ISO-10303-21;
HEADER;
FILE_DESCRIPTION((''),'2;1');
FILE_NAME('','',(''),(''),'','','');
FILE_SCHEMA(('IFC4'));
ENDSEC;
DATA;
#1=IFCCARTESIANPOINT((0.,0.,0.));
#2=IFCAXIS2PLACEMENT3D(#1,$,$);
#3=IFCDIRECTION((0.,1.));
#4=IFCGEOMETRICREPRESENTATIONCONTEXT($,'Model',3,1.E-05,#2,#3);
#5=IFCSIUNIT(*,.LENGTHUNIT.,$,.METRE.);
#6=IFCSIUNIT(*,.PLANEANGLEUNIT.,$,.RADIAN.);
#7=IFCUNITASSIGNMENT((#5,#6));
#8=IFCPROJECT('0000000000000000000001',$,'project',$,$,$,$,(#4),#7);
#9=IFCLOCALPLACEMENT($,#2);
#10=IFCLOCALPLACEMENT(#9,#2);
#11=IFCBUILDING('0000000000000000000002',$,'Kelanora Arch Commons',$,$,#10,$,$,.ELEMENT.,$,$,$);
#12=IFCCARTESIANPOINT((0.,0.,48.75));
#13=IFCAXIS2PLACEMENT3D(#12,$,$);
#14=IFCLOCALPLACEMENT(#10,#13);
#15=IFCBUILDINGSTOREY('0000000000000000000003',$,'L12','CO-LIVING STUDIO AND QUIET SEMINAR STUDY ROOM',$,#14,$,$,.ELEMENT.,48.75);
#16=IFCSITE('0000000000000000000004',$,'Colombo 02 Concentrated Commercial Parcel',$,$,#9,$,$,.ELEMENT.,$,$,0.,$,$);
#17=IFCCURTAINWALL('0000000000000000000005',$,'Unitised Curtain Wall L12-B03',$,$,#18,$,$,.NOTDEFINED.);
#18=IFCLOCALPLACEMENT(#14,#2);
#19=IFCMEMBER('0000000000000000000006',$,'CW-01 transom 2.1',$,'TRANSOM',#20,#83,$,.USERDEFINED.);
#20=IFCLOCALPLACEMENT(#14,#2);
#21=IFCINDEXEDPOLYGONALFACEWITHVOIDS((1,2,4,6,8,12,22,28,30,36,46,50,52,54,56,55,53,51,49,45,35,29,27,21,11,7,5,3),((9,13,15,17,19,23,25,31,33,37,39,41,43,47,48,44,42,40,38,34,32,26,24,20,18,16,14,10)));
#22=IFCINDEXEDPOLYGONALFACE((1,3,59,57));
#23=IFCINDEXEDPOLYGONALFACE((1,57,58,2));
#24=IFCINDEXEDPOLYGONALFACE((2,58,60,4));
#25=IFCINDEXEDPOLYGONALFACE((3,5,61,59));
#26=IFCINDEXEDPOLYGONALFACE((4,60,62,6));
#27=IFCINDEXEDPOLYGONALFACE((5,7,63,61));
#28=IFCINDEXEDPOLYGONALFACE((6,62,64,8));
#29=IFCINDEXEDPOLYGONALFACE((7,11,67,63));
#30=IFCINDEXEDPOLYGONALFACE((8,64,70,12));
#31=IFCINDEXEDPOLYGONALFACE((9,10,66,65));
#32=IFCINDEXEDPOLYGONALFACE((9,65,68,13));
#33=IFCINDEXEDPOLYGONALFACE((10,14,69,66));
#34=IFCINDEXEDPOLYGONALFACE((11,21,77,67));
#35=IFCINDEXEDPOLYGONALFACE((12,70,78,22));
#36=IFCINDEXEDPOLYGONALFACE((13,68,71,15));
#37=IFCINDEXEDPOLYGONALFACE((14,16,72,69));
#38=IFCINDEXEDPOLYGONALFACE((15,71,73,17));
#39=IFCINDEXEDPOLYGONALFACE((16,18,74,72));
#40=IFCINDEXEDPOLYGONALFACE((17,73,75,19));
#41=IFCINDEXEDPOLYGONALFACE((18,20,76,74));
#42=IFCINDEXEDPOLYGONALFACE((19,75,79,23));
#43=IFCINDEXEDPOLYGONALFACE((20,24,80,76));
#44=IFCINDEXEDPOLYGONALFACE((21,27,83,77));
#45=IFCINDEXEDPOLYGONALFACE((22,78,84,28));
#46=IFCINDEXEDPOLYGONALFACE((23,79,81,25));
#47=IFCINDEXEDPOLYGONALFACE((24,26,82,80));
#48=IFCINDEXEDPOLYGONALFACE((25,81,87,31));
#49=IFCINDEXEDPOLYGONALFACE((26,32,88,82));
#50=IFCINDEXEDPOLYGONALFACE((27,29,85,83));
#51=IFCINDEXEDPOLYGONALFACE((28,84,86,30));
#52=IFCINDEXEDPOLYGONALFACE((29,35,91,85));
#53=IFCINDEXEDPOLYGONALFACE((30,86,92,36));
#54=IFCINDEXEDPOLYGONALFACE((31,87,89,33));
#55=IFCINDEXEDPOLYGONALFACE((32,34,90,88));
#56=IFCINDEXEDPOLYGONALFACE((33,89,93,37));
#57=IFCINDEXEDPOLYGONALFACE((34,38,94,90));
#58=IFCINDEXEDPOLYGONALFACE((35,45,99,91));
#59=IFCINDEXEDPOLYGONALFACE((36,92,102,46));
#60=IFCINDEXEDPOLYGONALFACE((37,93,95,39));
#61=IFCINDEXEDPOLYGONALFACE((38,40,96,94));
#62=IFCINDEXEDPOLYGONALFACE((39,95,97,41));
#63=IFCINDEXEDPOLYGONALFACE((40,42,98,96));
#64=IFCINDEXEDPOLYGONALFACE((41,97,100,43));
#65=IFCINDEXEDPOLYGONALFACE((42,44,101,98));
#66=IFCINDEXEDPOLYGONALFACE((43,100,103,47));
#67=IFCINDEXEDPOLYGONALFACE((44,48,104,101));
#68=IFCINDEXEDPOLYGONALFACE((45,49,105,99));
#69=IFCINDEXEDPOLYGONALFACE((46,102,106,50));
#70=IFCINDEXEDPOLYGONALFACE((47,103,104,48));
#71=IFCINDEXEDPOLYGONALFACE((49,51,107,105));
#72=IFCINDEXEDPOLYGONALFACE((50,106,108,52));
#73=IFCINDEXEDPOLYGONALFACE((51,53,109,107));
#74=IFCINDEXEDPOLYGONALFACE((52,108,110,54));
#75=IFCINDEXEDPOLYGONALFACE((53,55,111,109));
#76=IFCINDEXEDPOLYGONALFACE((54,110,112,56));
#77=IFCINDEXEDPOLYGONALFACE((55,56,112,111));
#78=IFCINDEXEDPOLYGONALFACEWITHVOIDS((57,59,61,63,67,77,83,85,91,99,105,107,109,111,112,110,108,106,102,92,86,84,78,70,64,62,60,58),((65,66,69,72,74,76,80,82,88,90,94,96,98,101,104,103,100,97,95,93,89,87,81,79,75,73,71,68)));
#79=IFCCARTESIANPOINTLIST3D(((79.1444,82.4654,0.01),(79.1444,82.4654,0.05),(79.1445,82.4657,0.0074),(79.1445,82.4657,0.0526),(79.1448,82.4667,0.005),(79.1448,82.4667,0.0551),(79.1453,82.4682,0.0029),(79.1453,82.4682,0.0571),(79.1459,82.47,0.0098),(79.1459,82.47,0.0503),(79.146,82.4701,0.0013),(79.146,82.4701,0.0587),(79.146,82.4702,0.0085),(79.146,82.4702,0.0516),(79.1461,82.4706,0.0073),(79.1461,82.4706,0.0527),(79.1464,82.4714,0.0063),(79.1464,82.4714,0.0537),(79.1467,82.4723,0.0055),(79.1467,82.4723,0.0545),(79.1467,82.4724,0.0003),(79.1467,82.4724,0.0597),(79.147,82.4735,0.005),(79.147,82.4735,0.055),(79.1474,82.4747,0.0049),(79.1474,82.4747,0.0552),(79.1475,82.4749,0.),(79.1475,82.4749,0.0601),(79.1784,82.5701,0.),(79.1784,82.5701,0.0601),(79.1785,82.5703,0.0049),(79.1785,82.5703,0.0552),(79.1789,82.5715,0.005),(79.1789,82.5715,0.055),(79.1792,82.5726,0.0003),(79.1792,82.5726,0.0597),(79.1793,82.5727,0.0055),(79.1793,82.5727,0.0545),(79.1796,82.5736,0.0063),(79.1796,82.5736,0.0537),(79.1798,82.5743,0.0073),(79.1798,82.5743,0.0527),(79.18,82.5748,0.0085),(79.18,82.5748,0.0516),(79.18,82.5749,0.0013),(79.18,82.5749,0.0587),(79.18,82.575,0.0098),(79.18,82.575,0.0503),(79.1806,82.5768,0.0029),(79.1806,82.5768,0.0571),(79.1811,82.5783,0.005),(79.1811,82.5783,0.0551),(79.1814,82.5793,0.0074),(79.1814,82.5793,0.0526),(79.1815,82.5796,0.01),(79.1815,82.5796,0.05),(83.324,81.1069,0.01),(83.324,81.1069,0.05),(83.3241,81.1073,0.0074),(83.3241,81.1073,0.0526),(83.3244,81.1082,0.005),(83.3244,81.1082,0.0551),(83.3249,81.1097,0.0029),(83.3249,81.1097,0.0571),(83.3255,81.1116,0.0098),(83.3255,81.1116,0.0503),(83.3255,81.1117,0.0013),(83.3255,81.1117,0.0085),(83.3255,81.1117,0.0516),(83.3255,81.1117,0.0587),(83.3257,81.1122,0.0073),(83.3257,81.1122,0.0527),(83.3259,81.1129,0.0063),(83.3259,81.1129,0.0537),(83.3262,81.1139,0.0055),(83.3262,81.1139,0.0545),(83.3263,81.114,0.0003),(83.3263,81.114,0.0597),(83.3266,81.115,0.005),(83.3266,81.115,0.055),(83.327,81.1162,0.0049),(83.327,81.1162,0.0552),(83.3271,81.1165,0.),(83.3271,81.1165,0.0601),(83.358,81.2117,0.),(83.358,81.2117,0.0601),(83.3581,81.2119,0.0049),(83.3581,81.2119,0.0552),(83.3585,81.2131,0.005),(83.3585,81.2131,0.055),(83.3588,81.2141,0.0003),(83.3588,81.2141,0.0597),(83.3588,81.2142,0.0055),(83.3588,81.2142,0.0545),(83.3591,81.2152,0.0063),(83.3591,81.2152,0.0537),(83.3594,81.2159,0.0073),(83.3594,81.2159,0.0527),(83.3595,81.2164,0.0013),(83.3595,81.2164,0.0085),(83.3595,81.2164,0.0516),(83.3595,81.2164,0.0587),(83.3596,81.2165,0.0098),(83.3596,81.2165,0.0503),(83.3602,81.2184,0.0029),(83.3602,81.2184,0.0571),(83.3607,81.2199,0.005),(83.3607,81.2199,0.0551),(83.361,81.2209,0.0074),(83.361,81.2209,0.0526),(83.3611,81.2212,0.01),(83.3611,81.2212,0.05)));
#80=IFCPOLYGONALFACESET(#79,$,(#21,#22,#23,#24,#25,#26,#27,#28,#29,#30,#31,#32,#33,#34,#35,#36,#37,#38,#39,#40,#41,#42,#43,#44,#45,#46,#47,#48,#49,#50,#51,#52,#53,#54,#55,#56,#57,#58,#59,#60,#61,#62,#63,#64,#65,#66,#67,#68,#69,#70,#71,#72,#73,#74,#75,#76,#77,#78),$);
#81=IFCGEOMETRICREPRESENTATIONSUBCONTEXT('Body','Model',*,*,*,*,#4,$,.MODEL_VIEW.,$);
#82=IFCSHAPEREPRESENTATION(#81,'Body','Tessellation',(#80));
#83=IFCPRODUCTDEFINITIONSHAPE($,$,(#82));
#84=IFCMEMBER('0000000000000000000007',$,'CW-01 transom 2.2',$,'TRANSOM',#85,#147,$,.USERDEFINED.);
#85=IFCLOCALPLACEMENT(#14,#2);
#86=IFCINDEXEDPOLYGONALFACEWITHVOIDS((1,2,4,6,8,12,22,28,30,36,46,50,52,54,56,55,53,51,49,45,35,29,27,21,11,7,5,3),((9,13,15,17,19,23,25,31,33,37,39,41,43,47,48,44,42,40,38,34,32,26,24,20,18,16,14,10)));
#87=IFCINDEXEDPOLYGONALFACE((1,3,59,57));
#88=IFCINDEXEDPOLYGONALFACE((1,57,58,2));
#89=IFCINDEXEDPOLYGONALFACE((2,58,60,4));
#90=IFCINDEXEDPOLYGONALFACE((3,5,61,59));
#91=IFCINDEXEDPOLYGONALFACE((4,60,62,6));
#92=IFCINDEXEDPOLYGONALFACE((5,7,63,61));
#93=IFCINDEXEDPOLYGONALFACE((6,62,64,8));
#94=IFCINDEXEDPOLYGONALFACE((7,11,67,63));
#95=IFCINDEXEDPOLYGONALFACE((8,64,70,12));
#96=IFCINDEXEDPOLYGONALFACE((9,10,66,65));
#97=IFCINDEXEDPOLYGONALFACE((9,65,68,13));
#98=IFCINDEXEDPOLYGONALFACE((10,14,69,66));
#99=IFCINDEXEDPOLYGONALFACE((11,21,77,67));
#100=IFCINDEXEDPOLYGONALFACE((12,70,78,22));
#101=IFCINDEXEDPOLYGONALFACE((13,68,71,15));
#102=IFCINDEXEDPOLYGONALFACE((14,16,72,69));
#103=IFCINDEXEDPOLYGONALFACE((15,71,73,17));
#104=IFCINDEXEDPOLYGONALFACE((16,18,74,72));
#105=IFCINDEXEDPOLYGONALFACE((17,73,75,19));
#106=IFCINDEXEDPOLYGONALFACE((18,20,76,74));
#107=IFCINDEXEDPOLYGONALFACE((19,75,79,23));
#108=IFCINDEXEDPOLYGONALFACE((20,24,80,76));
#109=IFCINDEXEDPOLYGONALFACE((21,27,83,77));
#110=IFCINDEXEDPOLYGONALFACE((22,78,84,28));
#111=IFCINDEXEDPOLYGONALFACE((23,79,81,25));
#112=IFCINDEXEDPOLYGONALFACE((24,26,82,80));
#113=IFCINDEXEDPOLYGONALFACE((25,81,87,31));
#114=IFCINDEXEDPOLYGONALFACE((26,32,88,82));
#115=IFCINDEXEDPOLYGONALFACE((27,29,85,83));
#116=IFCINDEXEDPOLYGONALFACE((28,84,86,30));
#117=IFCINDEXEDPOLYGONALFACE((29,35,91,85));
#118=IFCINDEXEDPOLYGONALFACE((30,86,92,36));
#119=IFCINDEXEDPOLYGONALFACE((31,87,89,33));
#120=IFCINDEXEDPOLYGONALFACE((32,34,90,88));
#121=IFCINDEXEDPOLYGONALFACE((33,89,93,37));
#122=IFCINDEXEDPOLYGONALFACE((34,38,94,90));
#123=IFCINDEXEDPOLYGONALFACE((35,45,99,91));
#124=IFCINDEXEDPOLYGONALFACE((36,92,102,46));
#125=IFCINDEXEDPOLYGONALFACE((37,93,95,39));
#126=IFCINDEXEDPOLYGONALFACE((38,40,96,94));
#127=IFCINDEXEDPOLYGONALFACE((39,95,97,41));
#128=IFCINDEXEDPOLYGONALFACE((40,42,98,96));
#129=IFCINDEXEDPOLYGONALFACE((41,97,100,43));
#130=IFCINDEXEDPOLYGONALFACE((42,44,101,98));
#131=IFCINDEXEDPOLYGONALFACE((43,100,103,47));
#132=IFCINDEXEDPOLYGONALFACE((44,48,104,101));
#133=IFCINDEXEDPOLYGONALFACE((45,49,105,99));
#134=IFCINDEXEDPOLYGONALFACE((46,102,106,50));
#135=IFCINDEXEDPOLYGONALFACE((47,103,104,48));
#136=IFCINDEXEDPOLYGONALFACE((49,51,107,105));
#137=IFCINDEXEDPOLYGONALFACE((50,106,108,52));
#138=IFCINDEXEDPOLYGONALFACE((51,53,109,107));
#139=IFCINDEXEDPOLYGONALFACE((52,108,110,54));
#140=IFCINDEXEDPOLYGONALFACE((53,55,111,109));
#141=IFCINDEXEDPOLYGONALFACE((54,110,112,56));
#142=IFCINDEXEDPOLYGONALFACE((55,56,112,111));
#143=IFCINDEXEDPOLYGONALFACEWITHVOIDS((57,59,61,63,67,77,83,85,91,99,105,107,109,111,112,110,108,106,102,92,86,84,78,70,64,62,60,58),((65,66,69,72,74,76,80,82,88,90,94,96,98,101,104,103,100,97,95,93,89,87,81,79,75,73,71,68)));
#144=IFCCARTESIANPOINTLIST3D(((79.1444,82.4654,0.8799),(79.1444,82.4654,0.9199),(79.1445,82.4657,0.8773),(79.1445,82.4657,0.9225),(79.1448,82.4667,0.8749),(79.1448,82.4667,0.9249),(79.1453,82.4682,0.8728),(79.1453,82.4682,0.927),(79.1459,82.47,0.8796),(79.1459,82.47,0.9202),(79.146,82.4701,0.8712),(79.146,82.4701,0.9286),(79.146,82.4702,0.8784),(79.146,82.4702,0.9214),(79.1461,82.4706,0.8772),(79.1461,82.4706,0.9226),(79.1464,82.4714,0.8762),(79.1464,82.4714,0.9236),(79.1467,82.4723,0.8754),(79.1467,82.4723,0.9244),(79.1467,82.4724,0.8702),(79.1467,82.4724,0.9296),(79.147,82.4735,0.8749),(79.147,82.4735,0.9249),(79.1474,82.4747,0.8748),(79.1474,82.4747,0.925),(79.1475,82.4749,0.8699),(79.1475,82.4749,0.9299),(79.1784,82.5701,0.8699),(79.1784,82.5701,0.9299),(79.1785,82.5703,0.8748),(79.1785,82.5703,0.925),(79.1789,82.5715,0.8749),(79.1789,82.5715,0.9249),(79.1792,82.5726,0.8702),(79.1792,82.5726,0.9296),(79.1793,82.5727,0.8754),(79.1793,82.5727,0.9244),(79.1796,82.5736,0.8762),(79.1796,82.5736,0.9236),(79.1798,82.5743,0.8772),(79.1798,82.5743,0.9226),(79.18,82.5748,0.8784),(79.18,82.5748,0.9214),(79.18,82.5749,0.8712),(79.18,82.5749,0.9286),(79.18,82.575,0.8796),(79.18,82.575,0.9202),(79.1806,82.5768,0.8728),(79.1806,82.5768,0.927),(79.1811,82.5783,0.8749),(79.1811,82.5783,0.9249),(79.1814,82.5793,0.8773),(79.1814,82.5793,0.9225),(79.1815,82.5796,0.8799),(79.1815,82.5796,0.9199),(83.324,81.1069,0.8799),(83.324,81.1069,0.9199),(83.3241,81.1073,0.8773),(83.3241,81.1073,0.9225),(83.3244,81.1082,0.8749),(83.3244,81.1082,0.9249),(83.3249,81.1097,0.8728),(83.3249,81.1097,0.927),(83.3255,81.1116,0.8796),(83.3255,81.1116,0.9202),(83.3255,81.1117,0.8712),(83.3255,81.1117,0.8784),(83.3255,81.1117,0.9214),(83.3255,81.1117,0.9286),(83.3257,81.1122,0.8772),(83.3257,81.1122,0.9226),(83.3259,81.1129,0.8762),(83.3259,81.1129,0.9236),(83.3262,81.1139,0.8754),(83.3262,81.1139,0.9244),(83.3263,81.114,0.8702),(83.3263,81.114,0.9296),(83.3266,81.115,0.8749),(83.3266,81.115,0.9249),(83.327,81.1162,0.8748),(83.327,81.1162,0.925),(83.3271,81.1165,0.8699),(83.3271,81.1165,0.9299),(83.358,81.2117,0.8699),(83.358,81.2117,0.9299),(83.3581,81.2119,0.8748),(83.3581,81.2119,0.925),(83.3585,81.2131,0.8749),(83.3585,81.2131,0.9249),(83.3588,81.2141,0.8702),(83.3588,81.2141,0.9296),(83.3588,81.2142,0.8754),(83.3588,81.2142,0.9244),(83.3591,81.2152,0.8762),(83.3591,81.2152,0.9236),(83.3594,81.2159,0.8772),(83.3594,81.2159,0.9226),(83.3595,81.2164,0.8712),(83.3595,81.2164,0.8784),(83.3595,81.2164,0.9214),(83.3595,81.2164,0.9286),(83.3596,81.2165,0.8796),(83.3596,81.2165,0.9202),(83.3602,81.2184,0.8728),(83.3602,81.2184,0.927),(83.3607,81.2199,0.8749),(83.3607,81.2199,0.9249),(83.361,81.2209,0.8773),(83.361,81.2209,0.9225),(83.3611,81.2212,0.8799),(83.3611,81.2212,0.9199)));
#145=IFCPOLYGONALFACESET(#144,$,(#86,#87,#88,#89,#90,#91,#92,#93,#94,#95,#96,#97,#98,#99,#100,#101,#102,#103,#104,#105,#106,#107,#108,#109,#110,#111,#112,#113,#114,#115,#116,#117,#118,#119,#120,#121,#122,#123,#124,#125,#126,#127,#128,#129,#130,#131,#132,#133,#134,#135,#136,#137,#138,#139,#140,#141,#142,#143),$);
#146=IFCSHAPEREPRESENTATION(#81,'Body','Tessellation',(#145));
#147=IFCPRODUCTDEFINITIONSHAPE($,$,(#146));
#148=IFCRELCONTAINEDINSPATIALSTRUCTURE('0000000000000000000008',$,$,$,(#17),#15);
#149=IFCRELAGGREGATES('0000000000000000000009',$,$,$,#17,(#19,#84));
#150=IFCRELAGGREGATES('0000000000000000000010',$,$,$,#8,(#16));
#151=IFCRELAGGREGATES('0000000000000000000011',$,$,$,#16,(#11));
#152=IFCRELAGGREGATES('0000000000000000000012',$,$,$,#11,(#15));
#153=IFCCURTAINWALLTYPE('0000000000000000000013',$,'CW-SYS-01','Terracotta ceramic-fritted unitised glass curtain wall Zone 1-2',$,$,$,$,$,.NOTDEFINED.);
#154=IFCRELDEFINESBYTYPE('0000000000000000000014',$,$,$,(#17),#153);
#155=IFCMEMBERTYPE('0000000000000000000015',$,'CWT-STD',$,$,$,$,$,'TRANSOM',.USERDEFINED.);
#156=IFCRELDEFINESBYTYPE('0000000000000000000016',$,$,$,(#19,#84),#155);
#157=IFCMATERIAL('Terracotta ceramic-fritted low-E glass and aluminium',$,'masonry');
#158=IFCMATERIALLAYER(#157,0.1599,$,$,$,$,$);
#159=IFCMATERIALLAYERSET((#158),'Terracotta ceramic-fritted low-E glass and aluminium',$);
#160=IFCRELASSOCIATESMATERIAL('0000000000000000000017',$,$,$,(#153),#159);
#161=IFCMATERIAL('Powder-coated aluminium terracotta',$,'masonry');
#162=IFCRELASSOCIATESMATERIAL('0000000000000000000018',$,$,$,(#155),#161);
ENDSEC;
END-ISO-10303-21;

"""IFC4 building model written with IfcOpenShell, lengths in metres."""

from ifc_helpers import new_model, si_unit, direction, frame, origin, origin_2d, place, context, subcontext, project, spatial, hollow_rectangle, extrude, material, layer, layer_set, material_profile, profile_set, type_object, element, aggregate, save


model = new_model("IFC4")

# Units and contexts
model_context = context("Model", 3, precision=1e-05, world=origin(), true_north=direction((0.0, 1.0)))
body_context = subcontext(model_context, "Body", "Model", "MODEL_VIEW")
ifc_project = project(units=[si_unit("LENGTHUNIT", "METRE"), si_unit("PLANEANGLEUNIT", "RADIAN")], contexts=[model_context])

# Site, building, storey
site_placement = place(None, origin())
site = spatial("IfcSite", under=ifc_project, at=site_placement, Name="Colombo 02 Concentrated Commercial Parcel", CompositionType="ELEMENT", RefElevation=0.0)
building_placement = place(site_placement, origin())
building = spatial("IfcBuilding", under=site, at=building_placement, Name="Kelanora Arch Commons", CompositionType="ELEMENT")
storey_placement = place(building_placement, frame((0.0, 0.0, 48.75)))
storey = spatial("IfcBuildingStorey", under=building, at=storey_placement, Name="L12", Description="CO-LIVING STUDIO AND QUIET SEMINAR STUDY ROOM", CompositionType="ELEMENT", Elevation=48.75)

# Curtain wall, members
ifc_material_1 = material(Name="Terracotta ceramic-fritted low-E glass and aluminium", Category="masonry")
ifc_layer_1 = layer(ifc_material_1, 0.1599)
ifc_layer_set_1 = layer_set([ifc_layer_1], Name="Terracotta ceramic-fritted low-E glass and aluminium")
curtain_wall_type = type_object("IfcCurtainWallType", Name="CW-SYS-01", Description="Terracotta ceramic-fritted unitised glass curtain wall Zone 1-2", PredefinedType="NOTDEFINED", material=ifc_layer_set_1)
curtain_wall_placement = place(storey_placement, origin())
curtain_wall = element("IfcCurtainWall", 1, at=curtain_wall_placement, inside=storey, type_object=curtain_wall_type, Name="Unitised Curtain Wall L12-B03", PredefinedType="NOTDEFINED")
ifc_material_2 = material(Name="Powder-coated aluminium terracotta", Category="masonry")
ifc_material_profile_1 = material_profile(ifc_material_2, hollow_rectangle(XDim=0.1201, YDim=0.0601, WallThickness=0.0049, InnerFilletRadius=0.0049, OuterFilletRadius=0.01, at=origin_2d()), Name="CWT120x60")
ifc_profile_set_1 = profile_set([ifc_material_profile_1], Name="Powder-coated aluminium terracotta")
member_type_1 = type_object("IfcMemberType", Name="CWT-STD", ElementType="TRANSOM", PredefinedType="USERDEFINED", material=ifc_profile_set_1)
member_1_placement = place(storey_placement, frame((83.3425, 81.1641, 0.03), z_axis=(-0.951029, 0.309102, 0.0), x_axis=(-0.309102, -0.951029, 0.0)))
member_1 = element("IfcMember", 2, at=member_1_placement, type_object=member_type_1, Name="CW-01 transom 2.1", ObjectType="TRANSOM", PredefinedType="USERDEFINED", context=body_context, shape_type="SweptSolid", body=[
    extrude(hollow_rectangle(XDim=0.1201, YDim=0.0601, WallThickness=0.0049, InnerFilletRadius=0.0049, OuterFilletRadius=0.01, at=origin_2d()), origin(), (0.0, 0.0, 1.0), 4.3948),
])
member_2_placement = place(storey_placement, frame((83.3425, 81.1641, 0.8999), z_axis=(-0.951029, 0.309102, 0.0), x_axis=(-0.309102, -0.951029, 0.0)))
member_2 = element("IfcMember", 3, at=member_2_placement, type_object=member_type_1, Name="CW-01 transom 2.2", ObjectType="TRANSOM", PredefinedType="USERDEFINED", context=body_context, shape_type="SweptSolid", body=[
    extrude(hollow_rectangle(XDim=0.1201, YDim=0.0601, WallThickness=0.0049, InnerFilletRadius=0.0049, OuterFilletRadius=0.01, at=origin_2d()), origin(), (0.0, 0.0, 1.0), 4.3948),
])
aggregate(curtain_wall, [member_1, member_2])

save(model, "model.ifc")
